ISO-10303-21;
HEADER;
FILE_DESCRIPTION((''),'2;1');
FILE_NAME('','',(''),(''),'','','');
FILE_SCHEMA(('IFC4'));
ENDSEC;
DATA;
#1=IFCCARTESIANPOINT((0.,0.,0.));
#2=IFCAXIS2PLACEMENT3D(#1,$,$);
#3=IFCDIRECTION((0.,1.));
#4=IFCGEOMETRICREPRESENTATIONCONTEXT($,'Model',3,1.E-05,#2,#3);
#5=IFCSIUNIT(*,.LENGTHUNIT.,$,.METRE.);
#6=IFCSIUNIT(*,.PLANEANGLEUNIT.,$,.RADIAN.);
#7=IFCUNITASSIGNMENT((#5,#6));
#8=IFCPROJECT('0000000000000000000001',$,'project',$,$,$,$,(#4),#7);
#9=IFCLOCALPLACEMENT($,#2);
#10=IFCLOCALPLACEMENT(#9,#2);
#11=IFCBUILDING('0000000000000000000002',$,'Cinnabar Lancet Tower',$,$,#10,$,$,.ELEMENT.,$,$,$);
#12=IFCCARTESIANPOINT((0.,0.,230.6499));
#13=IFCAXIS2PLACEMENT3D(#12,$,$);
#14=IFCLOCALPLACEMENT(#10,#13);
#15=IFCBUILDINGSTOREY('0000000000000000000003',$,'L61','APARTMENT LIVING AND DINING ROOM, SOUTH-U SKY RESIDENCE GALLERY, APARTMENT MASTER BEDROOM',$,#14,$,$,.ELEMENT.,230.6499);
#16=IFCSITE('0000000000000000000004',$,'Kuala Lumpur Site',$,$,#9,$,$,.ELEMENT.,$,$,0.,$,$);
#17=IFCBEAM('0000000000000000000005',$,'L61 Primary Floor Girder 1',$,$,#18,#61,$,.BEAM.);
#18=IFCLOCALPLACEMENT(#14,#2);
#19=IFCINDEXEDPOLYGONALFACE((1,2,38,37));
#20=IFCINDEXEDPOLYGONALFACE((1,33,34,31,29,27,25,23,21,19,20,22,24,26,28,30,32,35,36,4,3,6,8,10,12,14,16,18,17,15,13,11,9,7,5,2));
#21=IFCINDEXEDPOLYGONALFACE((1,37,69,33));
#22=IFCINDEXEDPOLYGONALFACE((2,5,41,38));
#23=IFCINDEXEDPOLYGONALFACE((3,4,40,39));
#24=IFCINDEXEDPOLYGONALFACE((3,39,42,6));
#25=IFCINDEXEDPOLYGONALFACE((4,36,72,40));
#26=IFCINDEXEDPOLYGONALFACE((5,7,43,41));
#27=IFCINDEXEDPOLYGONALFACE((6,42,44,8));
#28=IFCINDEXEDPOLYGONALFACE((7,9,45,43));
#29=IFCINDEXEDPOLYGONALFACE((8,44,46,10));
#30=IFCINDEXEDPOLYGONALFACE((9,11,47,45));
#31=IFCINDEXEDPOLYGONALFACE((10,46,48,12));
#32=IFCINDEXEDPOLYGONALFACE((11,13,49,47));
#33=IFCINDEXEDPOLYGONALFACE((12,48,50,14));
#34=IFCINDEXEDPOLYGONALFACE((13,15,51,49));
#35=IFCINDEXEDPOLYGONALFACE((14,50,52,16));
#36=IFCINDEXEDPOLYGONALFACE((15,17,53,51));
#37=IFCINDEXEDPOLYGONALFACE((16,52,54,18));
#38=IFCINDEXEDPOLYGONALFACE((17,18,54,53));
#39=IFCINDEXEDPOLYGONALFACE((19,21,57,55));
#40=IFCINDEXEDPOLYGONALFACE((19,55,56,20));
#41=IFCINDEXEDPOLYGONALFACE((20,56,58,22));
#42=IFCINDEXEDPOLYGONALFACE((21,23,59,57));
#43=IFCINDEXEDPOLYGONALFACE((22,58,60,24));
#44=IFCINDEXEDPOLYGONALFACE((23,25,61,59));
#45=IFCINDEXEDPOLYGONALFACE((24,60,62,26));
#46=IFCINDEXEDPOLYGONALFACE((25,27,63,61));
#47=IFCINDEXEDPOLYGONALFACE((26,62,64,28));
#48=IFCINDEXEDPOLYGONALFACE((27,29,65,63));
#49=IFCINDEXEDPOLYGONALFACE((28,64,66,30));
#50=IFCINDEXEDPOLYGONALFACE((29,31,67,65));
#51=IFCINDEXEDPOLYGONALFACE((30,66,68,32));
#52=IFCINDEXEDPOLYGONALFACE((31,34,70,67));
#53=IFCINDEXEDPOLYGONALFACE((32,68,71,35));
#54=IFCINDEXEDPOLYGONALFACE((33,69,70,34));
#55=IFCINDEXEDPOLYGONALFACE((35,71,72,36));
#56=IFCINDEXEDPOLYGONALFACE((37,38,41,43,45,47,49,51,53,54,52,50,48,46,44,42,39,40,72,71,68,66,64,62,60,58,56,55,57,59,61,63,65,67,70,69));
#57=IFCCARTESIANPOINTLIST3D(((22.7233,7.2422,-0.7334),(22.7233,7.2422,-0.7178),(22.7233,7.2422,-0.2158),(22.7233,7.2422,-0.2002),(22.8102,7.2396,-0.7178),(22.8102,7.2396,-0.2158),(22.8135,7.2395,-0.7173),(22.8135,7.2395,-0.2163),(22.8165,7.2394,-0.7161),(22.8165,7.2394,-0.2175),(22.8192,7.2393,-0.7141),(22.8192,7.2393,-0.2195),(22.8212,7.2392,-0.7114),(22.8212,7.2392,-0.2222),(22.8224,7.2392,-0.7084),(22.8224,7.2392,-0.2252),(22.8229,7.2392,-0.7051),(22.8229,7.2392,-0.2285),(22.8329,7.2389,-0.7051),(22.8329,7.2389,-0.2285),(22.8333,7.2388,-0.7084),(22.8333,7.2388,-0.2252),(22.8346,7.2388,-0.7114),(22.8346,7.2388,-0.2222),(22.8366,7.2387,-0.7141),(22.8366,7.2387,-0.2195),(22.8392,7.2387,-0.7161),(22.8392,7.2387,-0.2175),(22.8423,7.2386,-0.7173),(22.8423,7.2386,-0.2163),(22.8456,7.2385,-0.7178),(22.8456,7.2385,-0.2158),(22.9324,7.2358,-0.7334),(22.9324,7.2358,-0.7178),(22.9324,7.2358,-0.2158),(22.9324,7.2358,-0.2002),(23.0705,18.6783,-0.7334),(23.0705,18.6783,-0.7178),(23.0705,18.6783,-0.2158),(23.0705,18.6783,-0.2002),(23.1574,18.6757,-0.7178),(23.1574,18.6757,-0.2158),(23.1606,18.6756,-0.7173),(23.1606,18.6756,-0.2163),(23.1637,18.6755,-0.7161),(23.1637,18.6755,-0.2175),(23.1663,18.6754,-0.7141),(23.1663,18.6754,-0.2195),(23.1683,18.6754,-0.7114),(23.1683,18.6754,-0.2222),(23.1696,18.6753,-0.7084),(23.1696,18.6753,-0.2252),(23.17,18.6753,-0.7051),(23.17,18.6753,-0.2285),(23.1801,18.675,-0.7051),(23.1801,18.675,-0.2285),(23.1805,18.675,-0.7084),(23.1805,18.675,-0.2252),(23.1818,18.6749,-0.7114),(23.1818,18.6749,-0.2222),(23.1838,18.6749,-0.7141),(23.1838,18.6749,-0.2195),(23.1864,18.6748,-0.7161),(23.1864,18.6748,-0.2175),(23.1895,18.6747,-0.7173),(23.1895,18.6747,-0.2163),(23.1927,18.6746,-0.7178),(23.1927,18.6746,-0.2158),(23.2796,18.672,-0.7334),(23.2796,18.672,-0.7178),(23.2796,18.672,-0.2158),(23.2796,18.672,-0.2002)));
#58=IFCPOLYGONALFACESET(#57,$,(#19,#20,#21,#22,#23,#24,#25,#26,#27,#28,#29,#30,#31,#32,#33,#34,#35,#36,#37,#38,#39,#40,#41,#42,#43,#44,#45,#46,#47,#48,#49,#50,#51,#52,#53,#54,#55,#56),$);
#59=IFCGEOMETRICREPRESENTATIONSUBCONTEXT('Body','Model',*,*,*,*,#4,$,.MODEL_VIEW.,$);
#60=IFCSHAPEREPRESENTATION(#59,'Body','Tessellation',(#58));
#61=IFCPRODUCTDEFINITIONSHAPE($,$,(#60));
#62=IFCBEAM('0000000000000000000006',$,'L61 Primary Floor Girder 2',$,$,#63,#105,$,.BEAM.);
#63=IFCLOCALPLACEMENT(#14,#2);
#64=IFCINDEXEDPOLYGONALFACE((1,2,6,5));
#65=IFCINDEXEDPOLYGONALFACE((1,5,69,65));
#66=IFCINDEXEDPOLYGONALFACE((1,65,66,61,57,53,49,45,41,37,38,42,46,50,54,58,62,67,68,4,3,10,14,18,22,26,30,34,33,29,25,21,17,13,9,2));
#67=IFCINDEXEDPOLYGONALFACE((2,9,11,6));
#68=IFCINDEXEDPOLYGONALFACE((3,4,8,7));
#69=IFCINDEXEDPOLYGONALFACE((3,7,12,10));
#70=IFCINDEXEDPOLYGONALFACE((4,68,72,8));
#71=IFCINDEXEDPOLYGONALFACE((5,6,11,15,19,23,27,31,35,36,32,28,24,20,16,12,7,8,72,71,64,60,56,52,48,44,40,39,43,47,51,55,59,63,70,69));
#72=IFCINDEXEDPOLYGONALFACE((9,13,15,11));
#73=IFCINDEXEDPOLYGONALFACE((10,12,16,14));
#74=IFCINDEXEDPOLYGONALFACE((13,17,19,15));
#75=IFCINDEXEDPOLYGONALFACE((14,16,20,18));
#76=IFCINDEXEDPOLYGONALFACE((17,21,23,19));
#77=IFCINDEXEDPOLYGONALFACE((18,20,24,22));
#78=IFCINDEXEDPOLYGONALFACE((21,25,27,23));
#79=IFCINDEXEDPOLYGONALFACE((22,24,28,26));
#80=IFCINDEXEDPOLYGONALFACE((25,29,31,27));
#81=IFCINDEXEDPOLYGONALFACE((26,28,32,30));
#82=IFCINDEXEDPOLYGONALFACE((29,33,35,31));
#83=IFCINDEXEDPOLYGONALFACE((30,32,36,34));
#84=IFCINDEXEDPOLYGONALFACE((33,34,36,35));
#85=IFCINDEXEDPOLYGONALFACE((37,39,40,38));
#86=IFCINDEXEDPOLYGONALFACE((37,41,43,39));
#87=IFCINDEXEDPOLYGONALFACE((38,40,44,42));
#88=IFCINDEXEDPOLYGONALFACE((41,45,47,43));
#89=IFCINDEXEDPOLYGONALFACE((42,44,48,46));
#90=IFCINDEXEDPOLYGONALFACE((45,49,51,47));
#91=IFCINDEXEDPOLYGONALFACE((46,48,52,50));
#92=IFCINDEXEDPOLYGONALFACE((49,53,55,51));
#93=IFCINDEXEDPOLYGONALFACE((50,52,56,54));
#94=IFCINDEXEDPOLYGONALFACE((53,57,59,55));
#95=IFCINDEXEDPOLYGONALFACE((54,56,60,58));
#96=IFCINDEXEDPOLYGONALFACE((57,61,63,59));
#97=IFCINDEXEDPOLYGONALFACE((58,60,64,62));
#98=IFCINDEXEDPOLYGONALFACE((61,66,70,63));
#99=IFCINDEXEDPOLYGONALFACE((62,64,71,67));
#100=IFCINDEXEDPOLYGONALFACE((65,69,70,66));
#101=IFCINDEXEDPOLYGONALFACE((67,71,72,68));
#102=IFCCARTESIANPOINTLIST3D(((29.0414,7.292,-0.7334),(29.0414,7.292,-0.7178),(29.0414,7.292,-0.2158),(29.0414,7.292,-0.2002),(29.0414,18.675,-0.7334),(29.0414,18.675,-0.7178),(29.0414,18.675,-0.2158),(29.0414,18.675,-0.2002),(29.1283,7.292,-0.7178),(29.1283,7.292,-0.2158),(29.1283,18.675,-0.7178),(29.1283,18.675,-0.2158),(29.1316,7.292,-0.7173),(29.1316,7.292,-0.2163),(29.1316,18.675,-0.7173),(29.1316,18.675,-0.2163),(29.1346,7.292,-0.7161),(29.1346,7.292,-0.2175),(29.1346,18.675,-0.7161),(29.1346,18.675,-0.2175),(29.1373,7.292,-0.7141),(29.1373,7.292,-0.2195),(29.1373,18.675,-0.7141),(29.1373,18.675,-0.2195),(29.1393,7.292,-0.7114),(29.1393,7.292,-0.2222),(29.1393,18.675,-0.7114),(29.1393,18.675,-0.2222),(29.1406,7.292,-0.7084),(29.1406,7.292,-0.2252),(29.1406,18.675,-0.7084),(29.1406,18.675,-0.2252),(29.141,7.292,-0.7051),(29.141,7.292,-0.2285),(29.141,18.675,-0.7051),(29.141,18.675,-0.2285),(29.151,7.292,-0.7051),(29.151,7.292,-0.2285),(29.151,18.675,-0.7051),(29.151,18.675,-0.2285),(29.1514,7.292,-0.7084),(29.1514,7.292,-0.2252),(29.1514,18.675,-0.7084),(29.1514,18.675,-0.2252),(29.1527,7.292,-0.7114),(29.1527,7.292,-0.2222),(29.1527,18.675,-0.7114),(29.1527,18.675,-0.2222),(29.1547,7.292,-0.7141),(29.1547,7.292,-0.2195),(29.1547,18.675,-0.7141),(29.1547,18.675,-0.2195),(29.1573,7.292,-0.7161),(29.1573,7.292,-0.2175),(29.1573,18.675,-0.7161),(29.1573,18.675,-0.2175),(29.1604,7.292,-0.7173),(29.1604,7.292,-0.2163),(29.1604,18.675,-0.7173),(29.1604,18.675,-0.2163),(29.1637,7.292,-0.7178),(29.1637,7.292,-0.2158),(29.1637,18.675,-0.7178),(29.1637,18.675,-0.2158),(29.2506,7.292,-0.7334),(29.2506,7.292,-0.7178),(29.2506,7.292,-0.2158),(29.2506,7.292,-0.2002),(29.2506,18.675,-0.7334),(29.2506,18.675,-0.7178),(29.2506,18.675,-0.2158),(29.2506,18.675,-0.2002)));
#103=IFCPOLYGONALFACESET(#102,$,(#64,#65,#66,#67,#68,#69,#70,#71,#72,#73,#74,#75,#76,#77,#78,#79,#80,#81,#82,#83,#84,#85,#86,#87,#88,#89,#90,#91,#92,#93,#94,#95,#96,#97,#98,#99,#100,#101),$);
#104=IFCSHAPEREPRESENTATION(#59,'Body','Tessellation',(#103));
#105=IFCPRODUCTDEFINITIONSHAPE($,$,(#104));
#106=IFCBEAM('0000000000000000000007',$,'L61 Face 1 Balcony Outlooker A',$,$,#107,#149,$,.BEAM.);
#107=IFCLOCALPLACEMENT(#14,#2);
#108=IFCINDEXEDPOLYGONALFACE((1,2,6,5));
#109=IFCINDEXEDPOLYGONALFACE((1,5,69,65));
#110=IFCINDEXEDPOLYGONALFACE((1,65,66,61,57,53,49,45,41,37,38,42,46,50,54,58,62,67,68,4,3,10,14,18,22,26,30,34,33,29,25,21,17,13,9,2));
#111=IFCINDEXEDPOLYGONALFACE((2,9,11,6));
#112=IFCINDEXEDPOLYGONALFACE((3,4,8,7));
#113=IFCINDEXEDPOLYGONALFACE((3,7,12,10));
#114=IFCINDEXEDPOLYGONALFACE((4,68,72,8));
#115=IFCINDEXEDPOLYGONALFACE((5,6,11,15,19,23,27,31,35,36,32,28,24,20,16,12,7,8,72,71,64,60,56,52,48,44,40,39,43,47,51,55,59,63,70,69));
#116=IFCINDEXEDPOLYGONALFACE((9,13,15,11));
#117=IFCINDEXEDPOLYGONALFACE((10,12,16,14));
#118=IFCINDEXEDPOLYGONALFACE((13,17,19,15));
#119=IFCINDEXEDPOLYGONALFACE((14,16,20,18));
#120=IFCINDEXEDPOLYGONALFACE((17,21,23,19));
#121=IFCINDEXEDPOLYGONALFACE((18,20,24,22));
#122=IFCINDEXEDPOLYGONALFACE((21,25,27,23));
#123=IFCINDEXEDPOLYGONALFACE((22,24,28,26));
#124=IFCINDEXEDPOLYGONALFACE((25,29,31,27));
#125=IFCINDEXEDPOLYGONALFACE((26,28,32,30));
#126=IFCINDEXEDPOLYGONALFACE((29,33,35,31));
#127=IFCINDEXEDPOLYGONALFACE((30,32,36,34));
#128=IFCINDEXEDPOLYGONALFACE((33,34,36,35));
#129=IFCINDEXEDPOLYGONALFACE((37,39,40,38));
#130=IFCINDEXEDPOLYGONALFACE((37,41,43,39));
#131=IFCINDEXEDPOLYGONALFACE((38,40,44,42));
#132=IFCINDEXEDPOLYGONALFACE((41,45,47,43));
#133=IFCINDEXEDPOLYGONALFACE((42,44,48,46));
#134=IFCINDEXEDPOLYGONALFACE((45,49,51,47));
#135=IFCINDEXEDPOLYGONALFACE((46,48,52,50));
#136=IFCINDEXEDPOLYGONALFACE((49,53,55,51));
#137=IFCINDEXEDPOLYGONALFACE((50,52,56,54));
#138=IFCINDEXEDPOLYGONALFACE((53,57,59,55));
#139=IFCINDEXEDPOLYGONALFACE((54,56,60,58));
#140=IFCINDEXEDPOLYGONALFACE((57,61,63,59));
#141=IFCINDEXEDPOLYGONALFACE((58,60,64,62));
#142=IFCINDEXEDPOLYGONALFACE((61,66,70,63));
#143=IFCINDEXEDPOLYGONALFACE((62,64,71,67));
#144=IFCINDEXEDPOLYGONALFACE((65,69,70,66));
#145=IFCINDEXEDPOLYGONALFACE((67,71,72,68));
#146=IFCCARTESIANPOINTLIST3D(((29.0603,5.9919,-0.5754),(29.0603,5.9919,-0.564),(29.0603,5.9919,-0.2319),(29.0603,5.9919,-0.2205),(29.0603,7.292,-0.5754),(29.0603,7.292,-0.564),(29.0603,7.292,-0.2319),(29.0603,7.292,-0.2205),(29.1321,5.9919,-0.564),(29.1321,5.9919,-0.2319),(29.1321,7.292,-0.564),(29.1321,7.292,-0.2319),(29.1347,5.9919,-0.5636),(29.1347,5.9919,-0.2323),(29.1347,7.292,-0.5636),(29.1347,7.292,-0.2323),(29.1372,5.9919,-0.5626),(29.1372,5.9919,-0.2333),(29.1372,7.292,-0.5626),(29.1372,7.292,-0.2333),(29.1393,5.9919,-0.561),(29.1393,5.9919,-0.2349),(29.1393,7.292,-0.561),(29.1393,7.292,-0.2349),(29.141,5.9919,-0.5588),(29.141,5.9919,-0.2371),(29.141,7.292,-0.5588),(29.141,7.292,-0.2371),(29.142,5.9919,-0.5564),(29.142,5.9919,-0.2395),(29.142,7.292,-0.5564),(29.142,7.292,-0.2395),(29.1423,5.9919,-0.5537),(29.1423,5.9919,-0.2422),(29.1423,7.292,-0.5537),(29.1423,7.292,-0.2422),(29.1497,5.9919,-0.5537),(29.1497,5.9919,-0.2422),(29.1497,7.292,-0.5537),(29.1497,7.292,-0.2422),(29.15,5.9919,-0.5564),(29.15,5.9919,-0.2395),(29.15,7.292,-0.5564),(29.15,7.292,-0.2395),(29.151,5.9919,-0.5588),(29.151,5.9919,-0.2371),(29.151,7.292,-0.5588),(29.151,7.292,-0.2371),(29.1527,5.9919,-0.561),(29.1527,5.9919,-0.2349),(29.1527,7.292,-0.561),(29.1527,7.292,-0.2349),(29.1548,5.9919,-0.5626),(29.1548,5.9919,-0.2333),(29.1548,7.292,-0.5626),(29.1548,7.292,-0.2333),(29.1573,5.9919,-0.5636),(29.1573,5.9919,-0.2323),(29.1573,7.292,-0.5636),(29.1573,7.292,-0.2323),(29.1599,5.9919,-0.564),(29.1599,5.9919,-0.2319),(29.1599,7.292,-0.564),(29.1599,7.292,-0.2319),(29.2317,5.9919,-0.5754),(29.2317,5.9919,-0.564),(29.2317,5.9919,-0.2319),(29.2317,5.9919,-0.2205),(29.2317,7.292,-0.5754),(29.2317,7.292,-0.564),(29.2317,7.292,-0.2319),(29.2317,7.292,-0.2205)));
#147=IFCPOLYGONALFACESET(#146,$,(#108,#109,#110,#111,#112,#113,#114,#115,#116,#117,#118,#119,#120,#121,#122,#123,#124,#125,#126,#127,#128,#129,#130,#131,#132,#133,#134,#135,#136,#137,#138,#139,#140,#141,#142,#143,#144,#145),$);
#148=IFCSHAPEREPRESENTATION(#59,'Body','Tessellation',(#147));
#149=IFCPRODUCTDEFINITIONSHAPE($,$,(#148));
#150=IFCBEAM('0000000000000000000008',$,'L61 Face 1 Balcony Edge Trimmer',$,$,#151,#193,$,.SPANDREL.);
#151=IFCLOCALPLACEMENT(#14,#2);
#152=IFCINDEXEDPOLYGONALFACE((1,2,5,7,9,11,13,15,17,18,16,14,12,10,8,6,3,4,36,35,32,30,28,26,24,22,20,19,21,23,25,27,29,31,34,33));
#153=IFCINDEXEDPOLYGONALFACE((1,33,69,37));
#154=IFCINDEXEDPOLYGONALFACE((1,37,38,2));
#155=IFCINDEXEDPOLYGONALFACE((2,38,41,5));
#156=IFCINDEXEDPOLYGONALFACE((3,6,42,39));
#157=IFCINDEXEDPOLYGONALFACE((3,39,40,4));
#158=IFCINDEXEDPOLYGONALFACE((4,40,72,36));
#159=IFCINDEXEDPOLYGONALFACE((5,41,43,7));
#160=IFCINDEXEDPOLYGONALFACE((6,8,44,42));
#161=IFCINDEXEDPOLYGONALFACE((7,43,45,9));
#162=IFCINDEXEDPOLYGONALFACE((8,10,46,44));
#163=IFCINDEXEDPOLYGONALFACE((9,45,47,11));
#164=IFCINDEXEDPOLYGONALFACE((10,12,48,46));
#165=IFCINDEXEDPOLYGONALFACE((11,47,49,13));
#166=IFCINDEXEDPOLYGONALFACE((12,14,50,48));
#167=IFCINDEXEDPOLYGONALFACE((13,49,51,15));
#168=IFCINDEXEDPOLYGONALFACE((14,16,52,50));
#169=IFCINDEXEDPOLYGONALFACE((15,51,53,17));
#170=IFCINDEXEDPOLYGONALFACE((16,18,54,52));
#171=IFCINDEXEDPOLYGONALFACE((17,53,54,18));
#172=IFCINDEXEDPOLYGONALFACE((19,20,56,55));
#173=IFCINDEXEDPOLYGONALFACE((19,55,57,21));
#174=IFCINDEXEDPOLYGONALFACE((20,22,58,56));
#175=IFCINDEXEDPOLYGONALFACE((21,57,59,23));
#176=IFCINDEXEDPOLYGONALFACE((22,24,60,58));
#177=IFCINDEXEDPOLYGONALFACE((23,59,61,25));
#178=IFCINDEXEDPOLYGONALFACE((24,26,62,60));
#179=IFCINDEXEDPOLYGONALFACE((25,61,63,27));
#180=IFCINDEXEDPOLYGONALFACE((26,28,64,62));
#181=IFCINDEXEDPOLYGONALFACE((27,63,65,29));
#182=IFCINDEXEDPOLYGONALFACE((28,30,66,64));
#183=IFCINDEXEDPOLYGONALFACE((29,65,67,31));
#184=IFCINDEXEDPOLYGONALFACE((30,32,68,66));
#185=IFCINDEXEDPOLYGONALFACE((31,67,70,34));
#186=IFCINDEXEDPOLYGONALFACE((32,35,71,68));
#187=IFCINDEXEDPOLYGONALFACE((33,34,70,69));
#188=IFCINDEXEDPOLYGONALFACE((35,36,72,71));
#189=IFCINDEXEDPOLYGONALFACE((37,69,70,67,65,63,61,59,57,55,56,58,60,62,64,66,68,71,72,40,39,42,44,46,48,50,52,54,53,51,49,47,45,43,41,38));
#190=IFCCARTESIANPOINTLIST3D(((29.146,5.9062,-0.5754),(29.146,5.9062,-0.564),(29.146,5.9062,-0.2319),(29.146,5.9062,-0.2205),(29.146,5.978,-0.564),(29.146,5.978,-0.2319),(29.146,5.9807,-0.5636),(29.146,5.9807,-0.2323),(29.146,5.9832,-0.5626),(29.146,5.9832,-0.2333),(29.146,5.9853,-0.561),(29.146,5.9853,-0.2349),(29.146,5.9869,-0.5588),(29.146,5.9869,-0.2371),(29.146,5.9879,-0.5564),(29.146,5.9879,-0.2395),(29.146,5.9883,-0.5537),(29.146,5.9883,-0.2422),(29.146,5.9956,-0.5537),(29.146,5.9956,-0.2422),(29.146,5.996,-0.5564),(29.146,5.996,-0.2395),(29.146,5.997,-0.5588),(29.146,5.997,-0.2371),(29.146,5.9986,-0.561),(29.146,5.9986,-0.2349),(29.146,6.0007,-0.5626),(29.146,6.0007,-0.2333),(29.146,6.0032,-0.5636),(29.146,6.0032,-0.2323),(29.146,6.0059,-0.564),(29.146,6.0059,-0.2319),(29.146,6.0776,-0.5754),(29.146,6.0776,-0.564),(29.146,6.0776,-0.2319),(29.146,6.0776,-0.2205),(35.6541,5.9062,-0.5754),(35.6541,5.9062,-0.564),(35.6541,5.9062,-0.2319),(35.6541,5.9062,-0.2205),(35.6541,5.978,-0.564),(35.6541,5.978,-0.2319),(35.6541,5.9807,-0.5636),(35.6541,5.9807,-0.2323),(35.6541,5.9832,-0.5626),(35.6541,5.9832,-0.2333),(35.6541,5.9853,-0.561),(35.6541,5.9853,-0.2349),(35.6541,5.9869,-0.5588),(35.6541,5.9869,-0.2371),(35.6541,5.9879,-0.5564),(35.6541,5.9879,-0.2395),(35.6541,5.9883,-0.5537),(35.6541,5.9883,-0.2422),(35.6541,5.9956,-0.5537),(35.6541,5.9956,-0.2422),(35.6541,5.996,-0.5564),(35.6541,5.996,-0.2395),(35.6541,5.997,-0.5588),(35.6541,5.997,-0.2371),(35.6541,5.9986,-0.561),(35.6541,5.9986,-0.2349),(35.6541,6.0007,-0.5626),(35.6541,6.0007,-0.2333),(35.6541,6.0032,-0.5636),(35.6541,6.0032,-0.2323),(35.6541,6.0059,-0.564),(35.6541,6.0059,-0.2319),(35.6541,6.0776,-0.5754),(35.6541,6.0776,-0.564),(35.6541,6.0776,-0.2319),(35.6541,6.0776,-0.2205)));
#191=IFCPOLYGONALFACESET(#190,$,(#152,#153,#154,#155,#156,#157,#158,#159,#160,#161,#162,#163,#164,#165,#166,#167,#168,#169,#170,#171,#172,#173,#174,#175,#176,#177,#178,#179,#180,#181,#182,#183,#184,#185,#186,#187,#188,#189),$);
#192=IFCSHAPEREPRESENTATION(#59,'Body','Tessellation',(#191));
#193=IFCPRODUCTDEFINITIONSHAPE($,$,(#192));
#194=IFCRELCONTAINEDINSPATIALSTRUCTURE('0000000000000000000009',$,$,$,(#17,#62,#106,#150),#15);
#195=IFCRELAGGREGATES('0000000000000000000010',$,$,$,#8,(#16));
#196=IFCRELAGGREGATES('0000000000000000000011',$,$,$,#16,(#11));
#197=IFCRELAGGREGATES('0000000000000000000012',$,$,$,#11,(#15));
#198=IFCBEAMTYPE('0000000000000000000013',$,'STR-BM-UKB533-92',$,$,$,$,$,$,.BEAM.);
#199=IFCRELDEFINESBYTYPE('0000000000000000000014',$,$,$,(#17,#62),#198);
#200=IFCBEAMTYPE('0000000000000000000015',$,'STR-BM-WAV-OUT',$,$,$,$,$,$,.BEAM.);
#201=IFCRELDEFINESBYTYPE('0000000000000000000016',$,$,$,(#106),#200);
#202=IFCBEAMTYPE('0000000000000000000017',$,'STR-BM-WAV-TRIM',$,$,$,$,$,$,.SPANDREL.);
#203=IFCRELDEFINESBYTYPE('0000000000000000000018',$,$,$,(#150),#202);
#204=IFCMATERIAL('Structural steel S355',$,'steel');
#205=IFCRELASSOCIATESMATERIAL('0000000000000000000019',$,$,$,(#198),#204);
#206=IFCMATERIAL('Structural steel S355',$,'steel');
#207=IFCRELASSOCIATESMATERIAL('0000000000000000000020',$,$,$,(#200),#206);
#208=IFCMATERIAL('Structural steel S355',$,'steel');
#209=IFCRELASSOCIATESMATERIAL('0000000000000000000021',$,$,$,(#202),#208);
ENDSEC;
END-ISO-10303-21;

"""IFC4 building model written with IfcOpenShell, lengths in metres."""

from ifc_helpers import new_model, si_unit, direction, frame, origin, origin_2d, place, context, subcontext, project, spatial, i_section, extrude, material, material_profile, profile_set, type_object, element, save


model = new_model("IFC4")

# Units and contexts
model_context = context("Model", 3, precision=1e-05, world=origin(), true_north=direction((0.0, 1.0)))
body_context = subcontext(model_context, "Body", "Model", "MODEL_VIEW")
ifc_project = project(units=[si_unit("LENGTHUNIT", "METRE"), si_unit("PLANEANGLEUNIT", "RADIAN")], contexts=[model_context])

# Site, building, storey
site_placement = place(None, origin())
site = spatial("IfcSite", under=ifc_project, at=site_placement, Name="Kuala Lumpur Site", CompositionType="ELEMENT", RefElevation=0.0)
building_placement = place(site_placement, origin())
building = spatial("IfcBuilding", under=site, at=building_placement, Name="Cinnabar Lancet Tower", CompositionType="ELEMENT")
storey_placement = place(building_placement, frame((0.0, 0.0, 230.6499)))
storey = spatial("IfcBuildingStorey", under=building, at=storey_placement, Name="L61", Description="APARTMENT LIVING AND DINING ROOM, SOUTH-U SKY RESIDENCE GALLERY, APARTMENT MASTER BEDROOM", CompositionType="ELEMENT", Elevation=230.6499)

# Beams
ifc_material_1 = material(Name="Structural steel S355", Category="steel")
ifc_material_profile_1 = material_profile(ifc_material_1, i_section(OverallWidth=0.2092, OverallDepth=0.5332, WebThickness=0.01, FlangeThickness=0.0156, FilletRadius=0.0127, at=origin_2d()), Name="UKB 533x210x92")
ifc_profile_set_1 = profile_set([ifc_material_profile_1], Name="Structural steel S355")
beam_type_1 = type_object("IfcBeamType", Name="STR-BM-UKB533-92", PredefinedType="BEAM", material=ifc_profile_set_1)
beam_1_placement = place(storey_placement, frame((22.8279, 7.239, -0.4668), z_axis=(0.030343, 0.99954, 0.0), x_axis=(-0.99954, 0.030343, 0.0)))
element("IfcBeam", 1, at=beam_1_placement, inside=storey, type_object=beam_type_1, Name="L61 Primary Floor Girder 1", PredefinedType="BEAM", context=body_context, shape_type="SweptSolid", body=[
    extrude(i_section(OverallWidth=0.2092, OverallDepth=0.5332, WebThickness=0.01, FlangeThickness=0.0156, FilletRadius=0.0127, at=origin_2d()), origin(), (0.0, 0.0, 1.0), 11.4414),
])
beam_2_placement = place(storey_placement, frame((29.146, 7.292, -0.4668), z_axis=(0.0, 1.0, 0.0), x_axis=(-1.0, 0.0, 0.0)))
element("IfcBeam", 2, at=beam_2_placement, inside=storey, type_object=beam_type_1, Name="L61 Primary Floor Girder 2", PredefinedType="BEAM", context=body_context, shape_type="SweptSolid", body=[
    extrude(i_section(OverallWidth=0.2092, OverallDepth=0.5332, WebThickness=0.01, FlangeThickness=0.0156, FilletRadius=0.0127, at=origin_2d()), origin(), (0.0, 0.0, 1.0), 11.3831),
])
ifc_material_2 = material(Name="Structural steel S355", Category="steel")
ifc_material_profile_2 = material_profile(ifc_material_2, i_section(OverallWidth=0.1714, OverallDepth=0.355, WebThickness=0.0073, FlangeThickness=0.0115, FilletRadius=0.0103, at=origin_2d()), Name="UKB 356x171x51")
ifc_profile_set_2 = profile_set([ifc_material_profile_2], Name="Structural steel S355")
beam_type_2 = type_object("IfcBeamType", Name="STR-BM-WAV-OUT", PredefinedType="BEAM", material=ifc_profile_set_2)
beam_3_placement = place(storey_placement, frame((29.146, 7.292, -0.3979), z_axis=(0.0, -1.0, 0.0), x_axis=(1.0, 0.0, 0.0)))
element("IfcBeam", 3, at=beam_3_placement, inside=storey, type_object=beam_type_2, Name="L61 Face 1 Balcony Outlooker A", PredefinedType="BEAM", context=body_context, shape_type="SweptSolid", body=[
    extrude(i_section(OverallWidth=0.1714, OverallDepth=0.355, WebThickness=0.0073, FlangeThickness=0.0115, FilletRadius=0.0103, at=origin_2d()), origin(), (0.0, 0.0, 1.0), 1.3),
])
ifc_material_3 = material(Name="Structural steel S355", Category="steel")
ifc_material_profile_3 = material_profile(ifc_material_3, i_section(OverallWidth=0.1714, OverallDepth=0.355, WebThickness=0.0073, FlangeThickness=0.0115, FilletRadius=0.0103, at=origin_2d()), Name="UKB 356x171x51")
ifc_profile_set_3 = profile_set([ifc_material_profile_3], Name="Structural steel S355")
beam_type_3 = type_object("IfcBeamType", Name="STR-BM-WAV-TRIM", PredefinedType="SPANDREL", material=ifc_profile_set_3)
beam_4_placement = place(storey_placement, frame((29.146, 5.9919, -0.3979), z_axis=(1.0, 0.0, 0.0), x_axis=(0.0, 1.0, 0.0)))
element("IfcBeam", 4, at=beam_4_placement, inside=storey, type_object=beam_type_3, Name="L61 Face 1 Balcony Edge Trimmer", PredefinedType="SPANDREL", context=body_context, shape_type="SweptSolid", body=[
    extrude(i_section(OverallWidth=0.1714, OverallDepth=0.355, WebThickness=0.0073, FlangeThickness=0.0115, FilletRadius=0.0103, at=origin_2d()), origin(), (0.0, 0.0, 1.0), 6.5081),
])

save(model, "model.ifc")
